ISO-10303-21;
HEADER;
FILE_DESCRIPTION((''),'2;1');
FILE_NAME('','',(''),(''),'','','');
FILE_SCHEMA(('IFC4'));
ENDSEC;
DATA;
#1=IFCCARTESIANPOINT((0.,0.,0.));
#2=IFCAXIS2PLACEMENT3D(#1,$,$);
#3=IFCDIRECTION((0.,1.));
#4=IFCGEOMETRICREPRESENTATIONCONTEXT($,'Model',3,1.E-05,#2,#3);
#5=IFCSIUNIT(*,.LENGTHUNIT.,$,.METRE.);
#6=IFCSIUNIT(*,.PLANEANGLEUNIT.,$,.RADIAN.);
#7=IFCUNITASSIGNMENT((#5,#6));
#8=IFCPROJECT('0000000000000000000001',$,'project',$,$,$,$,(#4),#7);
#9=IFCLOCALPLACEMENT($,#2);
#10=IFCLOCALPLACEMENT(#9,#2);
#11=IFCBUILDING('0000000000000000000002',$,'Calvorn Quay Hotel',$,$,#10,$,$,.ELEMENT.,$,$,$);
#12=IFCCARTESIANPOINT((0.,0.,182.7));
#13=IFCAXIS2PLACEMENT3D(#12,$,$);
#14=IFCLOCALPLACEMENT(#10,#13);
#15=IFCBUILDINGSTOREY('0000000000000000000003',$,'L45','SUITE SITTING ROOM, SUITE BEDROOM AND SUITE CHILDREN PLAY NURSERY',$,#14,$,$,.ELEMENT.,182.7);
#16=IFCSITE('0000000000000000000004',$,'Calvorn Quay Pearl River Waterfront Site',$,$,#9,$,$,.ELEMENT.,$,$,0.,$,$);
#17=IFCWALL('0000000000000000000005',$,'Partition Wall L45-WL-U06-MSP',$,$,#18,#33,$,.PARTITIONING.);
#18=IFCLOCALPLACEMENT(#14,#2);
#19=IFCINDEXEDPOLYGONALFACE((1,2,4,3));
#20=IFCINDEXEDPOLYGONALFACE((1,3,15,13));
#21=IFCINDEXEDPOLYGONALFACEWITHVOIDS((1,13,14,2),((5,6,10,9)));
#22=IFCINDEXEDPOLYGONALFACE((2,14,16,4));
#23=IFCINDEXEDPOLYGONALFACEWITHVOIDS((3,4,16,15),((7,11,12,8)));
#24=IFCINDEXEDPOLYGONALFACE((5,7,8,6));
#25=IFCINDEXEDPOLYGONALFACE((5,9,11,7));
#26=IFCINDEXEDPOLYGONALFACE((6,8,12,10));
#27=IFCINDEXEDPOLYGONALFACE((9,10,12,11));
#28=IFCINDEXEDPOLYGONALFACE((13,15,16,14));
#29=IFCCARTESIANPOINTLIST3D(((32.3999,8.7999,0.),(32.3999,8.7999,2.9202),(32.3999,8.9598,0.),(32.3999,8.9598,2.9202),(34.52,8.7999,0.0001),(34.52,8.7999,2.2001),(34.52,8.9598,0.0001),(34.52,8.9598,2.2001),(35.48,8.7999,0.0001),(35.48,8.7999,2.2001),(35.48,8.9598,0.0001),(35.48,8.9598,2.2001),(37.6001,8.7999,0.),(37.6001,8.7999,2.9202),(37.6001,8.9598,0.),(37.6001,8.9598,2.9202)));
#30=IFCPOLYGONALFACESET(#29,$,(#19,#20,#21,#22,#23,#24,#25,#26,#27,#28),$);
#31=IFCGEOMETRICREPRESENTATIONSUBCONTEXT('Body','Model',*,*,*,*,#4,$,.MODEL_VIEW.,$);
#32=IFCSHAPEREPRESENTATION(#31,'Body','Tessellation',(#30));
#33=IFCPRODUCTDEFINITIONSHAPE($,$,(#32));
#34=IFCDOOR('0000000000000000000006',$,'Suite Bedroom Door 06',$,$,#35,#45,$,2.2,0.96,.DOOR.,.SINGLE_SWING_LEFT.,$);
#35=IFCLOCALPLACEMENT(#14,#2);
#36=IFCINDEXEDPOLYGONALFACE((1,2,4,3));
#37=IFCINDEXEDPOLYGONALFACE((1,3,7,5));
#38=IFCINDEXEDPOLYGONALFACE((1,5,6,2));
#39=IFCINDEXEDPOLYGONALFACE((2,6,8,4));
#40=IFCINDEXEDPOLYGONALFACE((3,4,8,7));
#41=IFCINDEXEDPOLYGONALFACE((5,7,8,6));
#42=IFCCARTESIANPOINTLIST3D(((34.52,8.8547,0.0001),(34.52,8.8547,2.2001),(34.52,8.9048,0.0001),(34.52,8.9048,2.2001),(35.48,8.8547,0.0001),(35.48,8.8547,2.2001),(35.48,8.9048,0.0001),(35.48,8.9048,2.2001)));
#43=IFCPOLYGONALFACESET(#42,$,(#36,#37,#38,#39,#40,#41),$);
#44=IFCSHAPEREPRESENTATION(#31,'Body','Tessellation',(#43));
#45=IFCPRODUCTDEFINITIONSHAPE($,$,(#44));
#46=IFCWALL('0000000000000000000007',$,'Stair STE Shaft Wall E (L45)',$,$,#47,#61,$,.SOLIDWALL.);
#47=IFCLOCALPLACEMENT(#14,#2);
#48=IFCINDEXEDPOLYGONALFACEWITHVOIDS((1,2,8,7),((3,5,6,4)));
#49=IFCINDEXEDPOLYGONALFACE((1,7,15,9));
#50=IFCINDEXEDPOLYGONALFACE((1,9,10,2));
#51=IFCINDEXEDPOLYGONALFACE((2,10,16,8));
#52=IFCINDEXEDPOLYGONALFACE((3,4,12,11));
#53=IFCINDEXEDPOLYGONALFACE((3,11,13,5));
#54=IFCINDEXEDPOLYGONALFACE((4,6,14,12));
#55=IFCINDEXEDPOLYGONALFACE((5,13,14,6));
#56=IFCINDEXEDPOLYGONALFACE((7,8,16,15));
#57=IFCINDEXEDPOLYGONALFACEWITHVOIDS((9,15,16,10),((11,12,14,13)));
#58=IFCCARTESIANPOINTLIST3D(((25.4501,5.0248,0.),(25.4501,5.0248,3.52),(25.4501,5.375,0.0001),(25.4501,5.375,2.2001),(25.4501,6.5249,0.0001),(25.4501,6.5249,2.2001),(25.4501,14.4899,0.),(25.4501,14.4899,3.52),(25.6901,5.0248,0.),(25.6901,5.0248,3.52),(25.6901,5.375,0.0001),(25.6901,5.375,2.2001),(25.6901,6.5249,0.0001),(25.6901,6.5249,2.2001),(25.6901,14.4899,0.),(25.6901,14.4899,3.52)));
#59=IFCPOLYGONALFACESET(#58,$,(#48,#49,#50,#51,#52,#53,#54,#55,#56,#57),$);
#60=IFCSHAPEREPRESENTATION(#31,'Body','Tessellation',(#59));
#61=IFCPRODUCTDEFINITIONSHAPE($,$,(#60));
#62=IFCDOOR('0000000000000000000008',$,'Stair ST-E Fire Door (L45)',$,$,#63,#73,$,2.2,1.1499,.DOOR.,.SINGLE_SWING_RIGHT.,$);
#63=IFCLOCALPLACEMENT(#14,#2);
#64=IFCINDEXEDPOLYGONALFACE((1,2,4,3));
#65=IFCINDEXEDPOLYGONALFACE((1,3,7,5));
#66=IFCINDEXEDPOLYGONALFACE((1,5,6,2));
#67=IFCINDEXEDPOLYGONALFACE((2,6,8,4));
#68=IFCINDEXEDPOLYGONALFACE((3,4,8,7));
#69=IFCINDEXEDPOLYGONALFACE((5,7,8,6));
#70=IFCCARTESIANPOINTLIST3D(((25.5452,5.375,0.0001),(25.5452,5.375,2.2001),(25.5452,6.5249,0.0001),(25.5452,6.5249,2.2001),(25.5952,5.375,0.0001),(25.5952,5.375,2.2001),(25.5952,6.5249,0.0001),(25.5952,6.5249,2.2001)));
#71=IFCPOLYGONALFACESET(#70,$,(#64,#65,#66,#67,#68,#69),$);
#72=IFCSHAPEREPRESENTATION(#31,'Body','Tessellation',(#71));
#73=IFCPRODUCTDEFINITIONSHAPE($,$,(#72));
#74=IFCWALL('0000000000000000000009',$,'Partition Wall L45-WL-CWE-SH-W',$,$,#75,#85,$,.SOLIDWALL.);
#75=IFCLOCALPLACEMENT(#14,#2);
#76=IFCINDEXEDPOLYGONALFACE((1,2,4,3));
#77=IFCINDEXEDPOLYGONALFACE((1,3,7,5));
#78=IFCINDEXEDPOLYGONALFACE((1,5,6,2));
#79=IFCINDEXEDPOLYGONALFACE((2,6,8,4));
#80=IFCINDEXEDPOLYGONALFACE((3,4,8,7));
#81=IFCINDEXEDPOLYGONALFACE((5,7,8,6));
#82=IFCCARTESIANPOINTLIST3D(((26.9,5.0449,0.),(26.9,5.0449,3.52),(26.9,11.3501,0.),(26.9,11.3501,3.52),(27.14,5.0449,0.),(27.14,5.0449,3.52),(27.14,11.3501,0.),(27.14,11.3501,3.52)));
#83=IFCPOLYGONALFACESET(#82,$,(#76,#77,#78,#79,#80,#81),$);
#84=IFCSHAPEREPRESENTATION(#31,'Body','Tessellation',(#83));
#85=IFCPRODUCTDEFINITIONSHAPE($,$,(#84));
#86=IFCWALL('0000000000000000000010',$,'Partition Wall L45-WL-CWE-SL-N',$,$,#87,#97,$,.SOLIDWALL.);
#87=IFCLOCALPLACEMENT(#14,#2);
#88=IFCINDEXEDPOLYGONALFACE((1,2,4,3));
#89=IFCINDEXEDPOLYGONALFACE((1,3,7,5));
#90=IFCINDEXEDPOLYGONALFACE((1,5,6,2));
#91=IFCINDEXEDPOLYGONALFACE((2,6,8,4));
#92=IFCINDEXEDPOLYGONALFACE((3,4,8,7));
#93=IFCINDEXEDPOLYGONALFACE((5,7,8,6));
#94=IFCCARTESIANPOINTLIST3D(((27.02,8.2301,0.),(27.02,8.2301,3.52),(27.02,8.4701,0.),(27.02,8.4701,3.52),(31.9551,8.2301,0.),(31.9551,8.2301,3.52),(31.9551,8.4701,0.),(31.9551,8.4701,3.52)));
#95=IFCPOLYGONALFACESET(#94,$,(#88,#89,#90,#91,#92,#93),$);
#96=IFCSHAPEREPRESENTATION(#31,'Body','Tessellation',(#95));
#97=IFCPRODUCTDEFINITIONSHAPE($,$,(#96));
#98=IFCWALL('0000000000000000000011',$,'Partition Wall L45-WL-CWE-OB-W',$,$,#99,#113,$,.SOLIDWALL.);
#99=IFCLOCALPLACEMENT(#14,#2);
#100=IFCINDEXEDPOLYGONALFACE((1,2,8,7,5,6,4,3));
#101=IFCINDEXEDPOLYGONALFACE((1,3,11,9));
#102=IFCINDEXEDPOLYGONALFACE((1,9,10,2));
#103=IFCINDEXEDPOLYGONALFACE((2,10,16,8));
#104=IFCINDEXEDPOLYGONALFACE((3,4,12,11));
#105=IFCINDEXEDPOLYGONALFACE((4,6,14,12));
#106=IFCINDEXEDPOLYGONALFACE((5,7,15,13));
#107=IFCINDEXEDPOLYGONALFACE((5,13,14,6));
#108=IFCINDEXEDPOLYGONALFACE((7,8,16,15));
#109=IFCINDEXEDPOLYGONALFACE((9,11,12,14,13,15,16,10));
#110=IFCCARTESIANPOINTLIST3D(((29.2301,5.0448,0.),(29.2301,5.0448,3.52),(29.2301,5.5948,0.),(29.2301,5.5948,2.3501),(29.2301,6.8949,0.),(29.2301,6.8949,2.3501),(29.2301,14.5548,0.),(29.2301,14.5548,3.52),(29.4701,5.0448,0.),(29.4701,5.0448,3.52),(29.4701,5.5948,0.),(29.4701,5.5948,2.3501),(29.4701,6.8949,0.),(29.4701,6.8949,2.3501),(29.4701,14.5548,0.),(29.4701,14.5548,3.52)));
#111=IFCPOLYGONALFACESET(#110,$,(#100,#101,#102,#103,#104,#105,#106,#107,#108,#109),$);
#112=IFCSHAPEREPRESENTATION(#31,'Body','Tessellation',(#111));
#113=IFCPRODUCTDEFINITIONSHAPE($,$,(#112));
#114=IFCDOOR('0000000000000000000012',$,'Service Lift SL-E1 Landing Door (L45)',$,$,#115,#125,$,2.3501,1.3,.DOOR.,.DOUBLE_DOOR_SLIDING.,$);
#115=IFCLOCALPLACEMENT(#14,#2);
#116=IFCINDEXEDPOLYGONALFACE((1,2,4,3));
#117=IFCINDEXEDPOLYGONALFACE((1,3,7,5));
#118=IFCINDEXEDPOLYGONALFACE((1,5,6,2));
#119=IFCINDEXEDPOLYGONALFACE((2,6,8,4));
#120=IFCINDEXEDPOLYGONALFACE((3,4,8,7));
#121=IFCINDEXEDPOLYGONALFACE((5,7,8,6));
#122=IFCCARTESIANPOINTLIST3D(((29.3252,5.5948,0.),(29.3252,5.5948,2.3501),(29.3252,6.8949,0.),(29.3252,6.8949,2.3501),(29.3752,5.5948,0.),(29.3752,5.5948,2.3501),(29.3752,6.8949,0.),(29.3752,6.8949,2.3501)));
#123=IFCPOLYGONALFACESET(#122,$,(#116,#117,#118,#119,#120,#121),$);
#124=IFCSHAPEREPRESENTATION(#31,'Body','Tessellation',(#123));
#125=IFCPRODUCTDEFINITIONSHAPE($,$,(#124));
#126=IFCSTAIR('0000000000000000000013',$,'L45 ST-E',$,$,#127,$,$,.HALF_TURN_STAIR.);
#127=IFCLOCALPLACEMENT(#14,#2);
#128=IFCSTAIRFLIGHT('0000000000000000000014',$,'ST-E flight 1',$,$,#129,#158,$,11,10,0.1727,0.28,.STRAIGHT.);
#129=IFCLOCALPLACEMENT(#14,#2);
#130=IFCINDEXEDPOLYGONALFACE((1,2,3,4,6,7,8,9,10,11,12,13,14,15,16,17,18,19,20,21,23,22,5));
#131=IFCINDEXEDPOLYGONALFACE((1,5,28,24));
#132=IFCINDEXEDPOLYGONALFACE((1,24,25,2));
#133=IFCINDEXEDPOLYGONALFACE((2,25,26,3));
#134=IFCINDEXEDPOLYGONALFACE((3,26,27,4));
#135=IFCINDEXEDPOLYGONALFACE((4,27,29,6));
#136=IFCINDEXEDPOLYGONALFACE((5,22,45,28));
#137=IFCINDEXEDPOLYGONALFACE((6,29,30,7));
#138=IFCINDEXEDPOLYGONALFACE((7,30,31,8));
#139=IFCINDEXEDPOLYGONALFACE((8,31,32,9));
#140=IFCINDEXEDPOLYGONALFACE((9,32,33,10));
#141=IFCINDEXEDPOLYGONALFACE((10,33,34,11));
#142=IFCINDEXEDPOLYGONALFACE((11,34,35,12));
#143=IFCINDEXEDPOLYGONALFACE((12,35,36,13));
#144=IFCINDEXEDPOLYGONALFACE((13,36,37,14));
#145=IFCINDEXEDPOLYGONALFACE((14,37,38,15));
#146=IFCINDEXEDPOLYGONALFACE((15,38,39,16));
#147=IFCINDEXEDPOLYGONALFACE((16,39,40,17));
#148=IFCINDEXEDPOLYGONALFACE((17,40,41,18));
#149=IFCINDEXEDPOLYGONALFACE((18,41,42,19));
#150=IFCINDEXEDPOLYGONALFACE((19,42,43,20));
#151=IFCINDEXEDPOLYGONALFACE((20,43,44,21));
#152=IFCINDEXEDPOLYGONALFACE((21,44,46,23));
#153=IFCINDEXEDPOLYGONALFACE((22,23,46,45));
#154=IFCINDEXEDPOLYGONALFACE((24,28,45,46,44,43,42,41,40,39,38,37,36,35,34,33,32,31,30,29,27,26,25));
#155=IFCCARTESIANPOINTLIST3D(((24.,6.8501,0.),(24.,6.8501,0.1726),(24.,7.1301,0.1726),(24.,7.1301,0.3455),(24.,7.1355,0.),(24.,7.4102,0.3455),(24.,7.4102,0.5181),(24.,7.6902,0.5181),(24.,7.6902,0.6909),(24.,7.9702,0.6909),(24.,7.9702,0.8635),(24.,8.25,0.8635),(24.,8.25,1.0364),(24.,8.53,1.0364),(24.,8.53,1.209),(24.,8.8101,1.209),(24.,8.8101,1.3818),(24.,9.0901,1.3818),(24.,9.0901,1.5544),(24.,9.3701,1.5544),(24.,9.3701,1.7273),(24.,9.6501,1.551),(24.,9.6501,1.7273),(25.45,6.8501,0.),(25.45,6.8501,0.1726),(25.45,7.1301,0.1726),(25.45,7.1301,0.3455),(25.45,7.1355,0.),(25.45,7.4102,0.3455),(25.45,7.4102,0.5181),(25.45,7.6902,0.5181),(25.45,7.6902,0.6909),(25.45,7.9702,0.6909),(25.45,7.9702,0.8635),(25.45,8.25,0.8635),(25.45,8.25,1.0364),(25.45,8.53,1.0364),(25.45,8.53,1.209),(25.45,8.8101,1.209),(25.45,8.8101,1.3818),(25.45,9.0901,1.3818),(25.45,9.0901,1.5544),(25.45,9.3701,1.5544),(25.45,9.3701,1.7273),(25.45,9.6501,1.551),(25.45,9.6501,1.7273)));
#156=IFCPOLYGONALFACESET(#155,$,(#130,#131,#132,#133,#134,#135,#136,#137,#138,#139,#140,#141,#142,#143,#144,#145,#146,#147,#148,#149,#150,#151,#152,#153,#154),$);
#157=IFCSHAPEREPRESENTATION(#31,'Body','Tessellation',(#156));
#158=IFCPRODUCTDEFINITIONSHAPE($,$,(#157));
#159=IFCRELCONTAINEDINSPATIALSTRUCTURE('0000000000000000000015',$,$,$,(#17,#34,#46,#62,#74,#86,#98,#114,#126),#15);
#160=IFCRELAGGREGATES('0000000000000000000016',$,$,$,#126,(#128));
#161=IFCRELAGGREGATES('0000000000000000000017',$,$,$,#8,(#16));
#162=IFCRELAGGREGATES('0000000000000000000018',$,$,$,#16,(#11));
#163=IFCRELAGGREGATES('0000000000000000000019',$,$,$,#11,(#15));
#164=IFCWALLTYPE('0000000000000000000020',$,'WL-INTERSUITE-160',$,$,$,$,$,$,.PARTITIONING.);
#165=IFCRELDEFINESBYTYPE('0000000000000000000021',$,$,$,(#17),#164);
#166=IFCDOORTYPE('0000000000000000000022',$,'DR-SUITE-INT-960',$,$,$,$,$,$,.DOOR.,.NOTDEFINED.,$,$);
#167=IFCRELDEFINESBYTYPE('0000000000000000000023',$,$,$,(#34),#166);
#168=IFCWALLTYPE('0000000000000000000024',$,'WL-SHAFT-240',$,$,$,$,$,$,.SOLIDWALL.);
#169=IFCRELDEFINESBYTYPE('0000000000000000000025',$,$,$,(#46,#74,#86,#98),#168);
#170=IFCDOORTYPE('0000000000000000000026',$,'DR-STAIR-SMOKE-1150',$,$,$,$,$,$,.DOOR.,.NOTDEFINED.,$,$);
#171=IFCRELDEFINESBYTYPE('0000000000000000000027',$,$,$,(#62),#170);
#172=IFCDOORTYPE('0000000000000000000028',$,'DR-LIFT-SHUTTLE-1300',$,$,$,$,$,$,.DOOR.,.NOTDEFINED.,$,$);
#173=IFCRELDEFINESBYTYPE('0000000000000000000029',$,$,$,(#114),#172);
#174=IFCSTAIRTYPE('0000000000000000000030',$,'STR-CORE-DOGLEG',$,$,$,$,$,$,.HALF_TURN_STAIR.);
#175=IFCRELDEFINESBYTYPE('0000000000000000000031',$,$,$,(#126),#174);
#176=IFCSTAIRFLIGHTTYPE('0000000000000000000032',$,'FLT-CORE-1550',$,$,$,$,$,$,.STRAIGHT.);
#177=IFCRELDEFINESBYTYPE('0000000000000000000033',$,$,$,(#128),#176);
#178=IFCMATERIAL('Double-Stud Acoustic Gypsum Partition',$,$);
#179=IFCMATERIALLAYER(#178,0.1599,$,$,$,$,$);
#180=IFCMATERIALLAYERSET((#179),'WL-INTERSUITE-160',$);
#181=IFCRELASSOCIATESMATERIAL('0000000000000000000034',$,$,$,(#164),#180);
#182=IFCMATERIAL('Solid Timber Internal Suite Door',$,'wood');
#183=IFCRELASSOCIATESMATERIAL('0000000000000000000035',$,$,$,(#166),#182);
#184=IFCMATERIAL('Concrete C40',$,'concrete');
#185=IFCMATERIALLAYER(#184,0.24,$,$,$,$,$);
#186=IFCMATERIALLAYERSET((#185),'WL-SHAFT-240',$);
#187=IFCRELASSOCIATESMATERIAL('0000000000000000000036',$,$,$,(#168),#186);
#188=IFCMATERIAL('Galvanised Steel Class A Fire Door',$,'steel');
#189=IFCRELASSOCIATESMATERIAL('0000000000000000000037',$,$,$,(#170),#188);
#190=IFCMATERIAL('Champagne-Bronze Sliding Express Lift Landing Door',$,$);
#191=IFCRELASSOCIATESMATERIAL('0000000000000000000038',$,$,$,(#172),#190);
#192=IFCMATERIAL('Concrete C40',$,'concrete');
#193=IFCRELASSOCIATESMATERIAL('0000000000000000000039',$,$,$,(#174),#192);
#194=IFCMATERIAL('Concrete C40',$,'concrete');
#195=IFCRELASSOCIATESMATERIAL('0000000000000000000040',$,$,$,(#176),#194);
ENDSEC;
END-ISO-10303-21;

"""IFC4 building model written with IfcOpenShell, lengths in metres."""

from ifc_helpers import new_model, si_unit, direction, frame, frame_2d, origin, place, context, subcontext, project, spatial, polyline, rectangle, outline, extrude, material, layer, layer_set, type_object, element, fill, aggregate, save


model = new_model("IFC4")

# Units and contexts
model_context = context("Model", 3, precision=1e-05, world=origin(), true_north=direction((0.0, 1.0)))
body_context = subcontext(model_context, "Body", "Model", "MODEL_VIEW")
ifc_project = project(units=[si_unit("LENGTHUNIT", "METRE"), si_unit("PLANEANGLEUNIT", "RADIAN")], contexts=[model_context])

# Site, building, storey
site_placement = place(None, origin())
site = spatial("IfcSite", under=ifc_project, at=site_placement, Name="Calvorn Quay Pearl River Waterfront Site", CompositionType="ELEMENT", RefElevation=0.0)
building_placement = place(site_placement, origin())
building = spatial("IfcBuilding", under=site, at=building_placement, Name="Calvorn Quay Hotel", CompositionType="ELEMENT")
storey_placement = place(building_placement, frame((0.0, 0.0, 182.7)))
storey = spatial("IfcBuildingStorey", under=building, at=storey_placement, Name="L45", Description="SUITE SITTING ROOM, SUITE BEDROOM AND SUITE CHILDREN PLAY NURSERY", CompositionType="ELEMENT", Elevation=182.7)

# Walls, openings, doors
ifc_material_1 = material(Name="Double-Stud Acoustic Gypsum Partition")
ifc_layer_1 = layer(ifc_material_1, 0.1599)
ifc_layer_set_1 = layer_set([ifc_layer_1], Name="WL-INTERSUITE-160")
wall_type_1 = type_object("IfcWallType", Name="WL-INTERSUITE-160", PredefinedType="PARTITIONING", material=ifc_layer_set_1)
wall_1_placement = place(storey_placement, frame((32.3999, 8.8799, 0.0), z_axis=(0.0, 0.0, 1.0), x_axis=(1.0, 0.0, 0.0)))
wall_1 = element("IfcWall", 1, at=wall_1_placement, inside=storey, type_object=wall_type_1, Name="Partition Wall L45-WL-U06-MSP", PredefinedType="PARTITIONING", context=body_context, shape_type="SweptSolid", body=[
    extrude(rectangle(XDim=5.2002, YDim=0.1599, at=frame_2d((2.6001, 0.0))), origin(), (0.0, 0.0, 1.0), 2.9202),
])
opening_1_placement = place(wall_1_placement, frame((2.1201, 0.0, 0.0)))
opening_1 = element("IfcOpeningElement", 2, at=opening_1_placement, cuts=wall_1, PredefinedType="OPENING", context=body_context, shape_type="SweptSolid", body=[
    extrude(rectangle(XDim=0.96, YDim=2.2, at=frame_2d((0.48, 1.1001))), frame((0.0, 0.0898, 0.0), z_axis=(0.0, -1.0, 0.0), x_axis=(1.0, 0.0, 0.0)), (0.0, 0.0, 1.0), 0.1799),
])
ifc_material_2 = material(Name="Solid Timber Internal Suite Door", Category="wood")
door_type_1 = type_object("IfcDoorType", Name="DR-SUITE-INT-960", OperationType="NOTDEFINED", PredefinedType="DOOR", material=ifc_material_2)
door_1_placement = place(opening_1_placement, origin())
door_1 = element("IfcDoor", 3, at=door_1_placement, inside=storey, type_object=door_type_1, Name="Suite Bedroom Door 06", OperationType="SINGLE_SWING_LEFT", OverallHeight=2.2, OverallWidth=0.96, PredefinedType="DOOR", context=body_context, shape_type="SweptSolid", body=[
    extrude(rectangle(XDim=0.96, YDim=2.2, at=frame_2d((0.48, 1.1001))), frame((0.0, 0.0249, 0.0), z_axis=(0.0, -1.0, 0.0), x_axis=(1.0, 0.0, 0.0)), (0.0, 0.0, 1.0), 0.05),
])
fill(opening_1, door_1)
ifc_material_3 = material(Name="Concrete C40", Category="concrete")
ifc_layer_2 = layer(ifc_material_3, 0.24)
ifc_layer_set_2 = layer_set([ifc_layer_2], Name="WL-SHAFT-240")
wall_type_2 = type_object("IfcWallType", Name="WL-SHAFT-240", PredefinedType="SOLIDWALL", material=ifc_layer_set_2)
wall_2_placement = place(storey_placement, frame((25.5701, 5.0249, 0.0), z_axis=(0.0, 0.0, 1.0), x_axis=(0.0, 1.0, 0.0)))
wall_2 = element("IfcWall", 4, at=wall_2_placement, inside=storey, type_object=wall_type_2, Name="Stair STE Shaft Wall E (L45)", PredefinedType="SOLIDWALL", context=body_context, shape_type="SweptSolid", body=[
    extrude(rectangle(XDim=9.4651, YDim=0.24, at=frame_2d((4.7324, 0.0))), origin(), (0.0, 0.0, 1.0), 3.52),
])
opening_2_placement = place(wall_2_placement, frame((0.3501, 0.0, 0.0)))
opening_2 = element("IfcOpeningElement", 5, at=opening_2_placement, cuts=wall_2, PredefinedType="OPENING", context=body_context, shape_type="SweptSolid", body=[
    extrude(rectangle(XDim=1.1499, YDim=2.2, at=frame_2d((0.575, 1.1001))), frame((0.0, 0.1299, 0.0), z_axis=(0.0, -1.0, 0.0), x_axis=(1.0, 0.0, 0.0)), (0.0, 0.0, 1.0), 0.26),
])
ifc_material_4 = material(Name="Galvanised Steel Class A Fire Door", Category="steel")
door_type_2 = type_object("IfcDoorType", Name="DR-STAIR-SMOKE-1150", OperationType="NOTDEFINED", PredefinedType="DOOR", material=ifc_material_4)
door_2_placement = place(opening_2_placement, origin())
door_2 = element("IfcDoor", 6, at=door_2_placement, inside=storey, type_object=door_type_2, Name="Stair ST-E Fire Door (L45)", OperationType="SINGLE_SWING_RIGHT", OverallHeight=2.2, OverallWidth=1.1499, PredefinedType="DOOR", context=body_context, shape_type="SweptSolid", body=[
    extrude(rectangle(XDim=1.1499, YDim=2.2, at=frame_2d((0.575, 1.1001))), frame((0.0, 0.0249, 0.0), z_axis=(0.0, -1.0, 0.0), x_axis=(1.0, 0.0, 0.0)), (0.0, 0.0, 1.0), 0.05),
])
fill(opening_2, door_2)

# Walls
wall_3_placement = place(storey_placement, frame((27.02, 5.0449, 0.0), z_axis=(0.0, 0.0, 1.0), x_axis=(0.0, 1.0, 0.0)))
element("IfcWall", 7, at=wall_3_placement, inside=storey, type_object=wall_type_2, Name="Partition Wall L45-WL-CWE-SH-W", PredefinedType="SOLIDWALL", context=body_context, shape_type="SweptSolid", body=[
    extrude(rectangle(XDim=6.3052, YDim=0.24, at=frame_2d((3.1526, 0.0))), origin(), (0.0, 0.0, 1.0), 3.52),
])
wall_4_placement = place(storey_placement, frame((27.02, 8.3501, 0.0), z_axis=(0.0, 0.0, 1.0), x_axis=(1.0, 0.0, 0.0)))
element("IfcWall", 8, at=wall_4_placement, inside=storey, type_object=wall_type_2, Name="Partition Wall L45-WL-CWE-SL-N", PredefinedType="SOLIDWALL", context=body_context, shape_type="SweptSolid", body=[
    extrude(rectangle(XDim=4.9351, YDim=0.24, at=frame_2d((2.4675, 0.0))), origin(), (0.0, 0.0, 1.0), 3.52),
])

# Wall, opening, door
wall_5_placement = place(storey_placement, frame((29.3501, 5.0449, 0.0), z_axis=(0.0, 0.0, 1.0), x_axis=(0.0, 1.0, 0.0)))
wall_5 = element("IfcWall", 9, at=wall_5_placement, inside=storey, type_object=wall_type_2, Name="Partition Wall L45-WL-CWE-OB-W", PredefinedType="SOLIDWALL", context=body_context, shape_type="SweptSolid", body=[
    extrude(rectangle(XDim=9.51, YDim=0.24, at=frame_2d((4.7549, 0.0))), origin(), (0.0, 0.0, 1.0), 3.52),
])
opening_3_placement = place(wall_5_placement, frame((0.55, 0.0, 0.0)))
opening_3 = element("IfcOpeningElement", 10, at=opening_3_placement, cuts=wall_5, PredefinedType="OPENING", context=body_context, shape_type="SweptSolid", body=[
    extrude(rectangle(XDim=1.3, YDim=2.3501, at=frame_2d((0.6499, 1.175))), frame((0.0, 0.1299, 0.0), z_axis=(0.0, -1.0, 0.0), x_axis=(1.0, 0.0, 0.0)), (0.0, 0.0, 1.0), 0.26),
])
ifc_material_5 = material(Name="Champagne-Bronze Sliding Express Lift Landing Door")
door_type_3 = type_object("IfcDoorType", Name="DR-LIFT-SHUTTLE-1300", OperationType="NOTDEFINED", PredefinedType="DOOR", material=ifc_material_5)
door_3_placement = place(opening_3_placement, origin())
door_3 = element("IfcDoor", 11, at=door_3_placement, inside=storey, type_object=door_type_3, Name="Service Lift SL-E1 Landing Door (L45)", OperationType="DOUBLE_DOOR_SLIDING", OverallHeight=2.3501, OverallWidth=1.3, PredefinedType="DOOR", context=body_context, shape_type="SweptSolid", body=[
    extrude(rectangle(XDim=1.3, YDim=2.3501, at=frame_2d((0.6499, 1.175))), frame((0.0, 0.0249, 0.0), z_axis=(0.0, -1.0, 0.0), x_axis=(1.0, 0.0, 0.0)), (0.0, 0.0, 1.0), 0.05),
])
fill(opening_3, door_3)

# Stair, stair flight
ifc_material_6 = material(Name="Concrete C40", Category="concrete")
stair_type = type_object("IfcStairType", Name="STR-CORE-DOGLEG", PredefinedType="HALF_TURN_STAIR", material=ifc_material_6)
stair_placement = place(storey_placement, origin())
stair = element("IfcStair", 12, at=stair_placement, inside=storey, type_object=stair_type, Name="L45 ST-E", PredefinedType="HALF_TURN_STAIR")
ifc_material_7 = material(Name="Concrete C40", Category="concrete")
stair_flight_type = type_object("IfcStairFlightType", Name="FLT-CORE-1550", PredefinedType="STRAIGHT", material=ifc_material_7)
stair_flight_placement = place(storey_placement, frame((24.7251, 6.8501, 0.0), z_axis=(0.0, 0.0, 1.0), x_axis=(0.0, 1.0, 0.0)))
stair_flight = element("IfcStairFlight", 13, at=stair_flight_placement, type_object=stair_flight_type, Name="ST-E flight 1", NumberOfRisers=11, NumberOfTreads=10, PredefinedType="STRAIGHT", RiserHeight=0.1727, TreadLength=0.28, context=body_context, shape_type="SweptSolid", body=[
    extrude(outline(polyline([(0.0, 0.0), (0.0, 0.1726), (0.28, 0.1726), (0.28, 0.3455), (0.5601, 0.3455), (0.5601, 0.5181), (0.8401, 0.5181), (0.8401, 0.6909), (1.1201, 0.6909), (1.1201, 0.8635), (1.3999, 0.8635), (1.3999, 1.0364), (1.6799, 1.0364), (1.6799, 1.209), (1.96, 1.209), (1.96, 1.3818), (2.24, 1.3818), (2.24, 1.5544), (2.52, 1.5544), (2.52, 1.7273), (2.8, 1.7273), (2.8, 1.8999), (2.8, 1.551), (0.2854, 0.0), (0.0, 0.0)])), frame((0.0, 0.7251, 0.0), z_axis=(0.0, -1.0, 0.0), x_axis=(1.0, 0.0, 0.0)), (0.0, 0.0, 1.0), 1.45),
])
aggregate(stair, [stair_flight])

save(model, "model.ifc")
